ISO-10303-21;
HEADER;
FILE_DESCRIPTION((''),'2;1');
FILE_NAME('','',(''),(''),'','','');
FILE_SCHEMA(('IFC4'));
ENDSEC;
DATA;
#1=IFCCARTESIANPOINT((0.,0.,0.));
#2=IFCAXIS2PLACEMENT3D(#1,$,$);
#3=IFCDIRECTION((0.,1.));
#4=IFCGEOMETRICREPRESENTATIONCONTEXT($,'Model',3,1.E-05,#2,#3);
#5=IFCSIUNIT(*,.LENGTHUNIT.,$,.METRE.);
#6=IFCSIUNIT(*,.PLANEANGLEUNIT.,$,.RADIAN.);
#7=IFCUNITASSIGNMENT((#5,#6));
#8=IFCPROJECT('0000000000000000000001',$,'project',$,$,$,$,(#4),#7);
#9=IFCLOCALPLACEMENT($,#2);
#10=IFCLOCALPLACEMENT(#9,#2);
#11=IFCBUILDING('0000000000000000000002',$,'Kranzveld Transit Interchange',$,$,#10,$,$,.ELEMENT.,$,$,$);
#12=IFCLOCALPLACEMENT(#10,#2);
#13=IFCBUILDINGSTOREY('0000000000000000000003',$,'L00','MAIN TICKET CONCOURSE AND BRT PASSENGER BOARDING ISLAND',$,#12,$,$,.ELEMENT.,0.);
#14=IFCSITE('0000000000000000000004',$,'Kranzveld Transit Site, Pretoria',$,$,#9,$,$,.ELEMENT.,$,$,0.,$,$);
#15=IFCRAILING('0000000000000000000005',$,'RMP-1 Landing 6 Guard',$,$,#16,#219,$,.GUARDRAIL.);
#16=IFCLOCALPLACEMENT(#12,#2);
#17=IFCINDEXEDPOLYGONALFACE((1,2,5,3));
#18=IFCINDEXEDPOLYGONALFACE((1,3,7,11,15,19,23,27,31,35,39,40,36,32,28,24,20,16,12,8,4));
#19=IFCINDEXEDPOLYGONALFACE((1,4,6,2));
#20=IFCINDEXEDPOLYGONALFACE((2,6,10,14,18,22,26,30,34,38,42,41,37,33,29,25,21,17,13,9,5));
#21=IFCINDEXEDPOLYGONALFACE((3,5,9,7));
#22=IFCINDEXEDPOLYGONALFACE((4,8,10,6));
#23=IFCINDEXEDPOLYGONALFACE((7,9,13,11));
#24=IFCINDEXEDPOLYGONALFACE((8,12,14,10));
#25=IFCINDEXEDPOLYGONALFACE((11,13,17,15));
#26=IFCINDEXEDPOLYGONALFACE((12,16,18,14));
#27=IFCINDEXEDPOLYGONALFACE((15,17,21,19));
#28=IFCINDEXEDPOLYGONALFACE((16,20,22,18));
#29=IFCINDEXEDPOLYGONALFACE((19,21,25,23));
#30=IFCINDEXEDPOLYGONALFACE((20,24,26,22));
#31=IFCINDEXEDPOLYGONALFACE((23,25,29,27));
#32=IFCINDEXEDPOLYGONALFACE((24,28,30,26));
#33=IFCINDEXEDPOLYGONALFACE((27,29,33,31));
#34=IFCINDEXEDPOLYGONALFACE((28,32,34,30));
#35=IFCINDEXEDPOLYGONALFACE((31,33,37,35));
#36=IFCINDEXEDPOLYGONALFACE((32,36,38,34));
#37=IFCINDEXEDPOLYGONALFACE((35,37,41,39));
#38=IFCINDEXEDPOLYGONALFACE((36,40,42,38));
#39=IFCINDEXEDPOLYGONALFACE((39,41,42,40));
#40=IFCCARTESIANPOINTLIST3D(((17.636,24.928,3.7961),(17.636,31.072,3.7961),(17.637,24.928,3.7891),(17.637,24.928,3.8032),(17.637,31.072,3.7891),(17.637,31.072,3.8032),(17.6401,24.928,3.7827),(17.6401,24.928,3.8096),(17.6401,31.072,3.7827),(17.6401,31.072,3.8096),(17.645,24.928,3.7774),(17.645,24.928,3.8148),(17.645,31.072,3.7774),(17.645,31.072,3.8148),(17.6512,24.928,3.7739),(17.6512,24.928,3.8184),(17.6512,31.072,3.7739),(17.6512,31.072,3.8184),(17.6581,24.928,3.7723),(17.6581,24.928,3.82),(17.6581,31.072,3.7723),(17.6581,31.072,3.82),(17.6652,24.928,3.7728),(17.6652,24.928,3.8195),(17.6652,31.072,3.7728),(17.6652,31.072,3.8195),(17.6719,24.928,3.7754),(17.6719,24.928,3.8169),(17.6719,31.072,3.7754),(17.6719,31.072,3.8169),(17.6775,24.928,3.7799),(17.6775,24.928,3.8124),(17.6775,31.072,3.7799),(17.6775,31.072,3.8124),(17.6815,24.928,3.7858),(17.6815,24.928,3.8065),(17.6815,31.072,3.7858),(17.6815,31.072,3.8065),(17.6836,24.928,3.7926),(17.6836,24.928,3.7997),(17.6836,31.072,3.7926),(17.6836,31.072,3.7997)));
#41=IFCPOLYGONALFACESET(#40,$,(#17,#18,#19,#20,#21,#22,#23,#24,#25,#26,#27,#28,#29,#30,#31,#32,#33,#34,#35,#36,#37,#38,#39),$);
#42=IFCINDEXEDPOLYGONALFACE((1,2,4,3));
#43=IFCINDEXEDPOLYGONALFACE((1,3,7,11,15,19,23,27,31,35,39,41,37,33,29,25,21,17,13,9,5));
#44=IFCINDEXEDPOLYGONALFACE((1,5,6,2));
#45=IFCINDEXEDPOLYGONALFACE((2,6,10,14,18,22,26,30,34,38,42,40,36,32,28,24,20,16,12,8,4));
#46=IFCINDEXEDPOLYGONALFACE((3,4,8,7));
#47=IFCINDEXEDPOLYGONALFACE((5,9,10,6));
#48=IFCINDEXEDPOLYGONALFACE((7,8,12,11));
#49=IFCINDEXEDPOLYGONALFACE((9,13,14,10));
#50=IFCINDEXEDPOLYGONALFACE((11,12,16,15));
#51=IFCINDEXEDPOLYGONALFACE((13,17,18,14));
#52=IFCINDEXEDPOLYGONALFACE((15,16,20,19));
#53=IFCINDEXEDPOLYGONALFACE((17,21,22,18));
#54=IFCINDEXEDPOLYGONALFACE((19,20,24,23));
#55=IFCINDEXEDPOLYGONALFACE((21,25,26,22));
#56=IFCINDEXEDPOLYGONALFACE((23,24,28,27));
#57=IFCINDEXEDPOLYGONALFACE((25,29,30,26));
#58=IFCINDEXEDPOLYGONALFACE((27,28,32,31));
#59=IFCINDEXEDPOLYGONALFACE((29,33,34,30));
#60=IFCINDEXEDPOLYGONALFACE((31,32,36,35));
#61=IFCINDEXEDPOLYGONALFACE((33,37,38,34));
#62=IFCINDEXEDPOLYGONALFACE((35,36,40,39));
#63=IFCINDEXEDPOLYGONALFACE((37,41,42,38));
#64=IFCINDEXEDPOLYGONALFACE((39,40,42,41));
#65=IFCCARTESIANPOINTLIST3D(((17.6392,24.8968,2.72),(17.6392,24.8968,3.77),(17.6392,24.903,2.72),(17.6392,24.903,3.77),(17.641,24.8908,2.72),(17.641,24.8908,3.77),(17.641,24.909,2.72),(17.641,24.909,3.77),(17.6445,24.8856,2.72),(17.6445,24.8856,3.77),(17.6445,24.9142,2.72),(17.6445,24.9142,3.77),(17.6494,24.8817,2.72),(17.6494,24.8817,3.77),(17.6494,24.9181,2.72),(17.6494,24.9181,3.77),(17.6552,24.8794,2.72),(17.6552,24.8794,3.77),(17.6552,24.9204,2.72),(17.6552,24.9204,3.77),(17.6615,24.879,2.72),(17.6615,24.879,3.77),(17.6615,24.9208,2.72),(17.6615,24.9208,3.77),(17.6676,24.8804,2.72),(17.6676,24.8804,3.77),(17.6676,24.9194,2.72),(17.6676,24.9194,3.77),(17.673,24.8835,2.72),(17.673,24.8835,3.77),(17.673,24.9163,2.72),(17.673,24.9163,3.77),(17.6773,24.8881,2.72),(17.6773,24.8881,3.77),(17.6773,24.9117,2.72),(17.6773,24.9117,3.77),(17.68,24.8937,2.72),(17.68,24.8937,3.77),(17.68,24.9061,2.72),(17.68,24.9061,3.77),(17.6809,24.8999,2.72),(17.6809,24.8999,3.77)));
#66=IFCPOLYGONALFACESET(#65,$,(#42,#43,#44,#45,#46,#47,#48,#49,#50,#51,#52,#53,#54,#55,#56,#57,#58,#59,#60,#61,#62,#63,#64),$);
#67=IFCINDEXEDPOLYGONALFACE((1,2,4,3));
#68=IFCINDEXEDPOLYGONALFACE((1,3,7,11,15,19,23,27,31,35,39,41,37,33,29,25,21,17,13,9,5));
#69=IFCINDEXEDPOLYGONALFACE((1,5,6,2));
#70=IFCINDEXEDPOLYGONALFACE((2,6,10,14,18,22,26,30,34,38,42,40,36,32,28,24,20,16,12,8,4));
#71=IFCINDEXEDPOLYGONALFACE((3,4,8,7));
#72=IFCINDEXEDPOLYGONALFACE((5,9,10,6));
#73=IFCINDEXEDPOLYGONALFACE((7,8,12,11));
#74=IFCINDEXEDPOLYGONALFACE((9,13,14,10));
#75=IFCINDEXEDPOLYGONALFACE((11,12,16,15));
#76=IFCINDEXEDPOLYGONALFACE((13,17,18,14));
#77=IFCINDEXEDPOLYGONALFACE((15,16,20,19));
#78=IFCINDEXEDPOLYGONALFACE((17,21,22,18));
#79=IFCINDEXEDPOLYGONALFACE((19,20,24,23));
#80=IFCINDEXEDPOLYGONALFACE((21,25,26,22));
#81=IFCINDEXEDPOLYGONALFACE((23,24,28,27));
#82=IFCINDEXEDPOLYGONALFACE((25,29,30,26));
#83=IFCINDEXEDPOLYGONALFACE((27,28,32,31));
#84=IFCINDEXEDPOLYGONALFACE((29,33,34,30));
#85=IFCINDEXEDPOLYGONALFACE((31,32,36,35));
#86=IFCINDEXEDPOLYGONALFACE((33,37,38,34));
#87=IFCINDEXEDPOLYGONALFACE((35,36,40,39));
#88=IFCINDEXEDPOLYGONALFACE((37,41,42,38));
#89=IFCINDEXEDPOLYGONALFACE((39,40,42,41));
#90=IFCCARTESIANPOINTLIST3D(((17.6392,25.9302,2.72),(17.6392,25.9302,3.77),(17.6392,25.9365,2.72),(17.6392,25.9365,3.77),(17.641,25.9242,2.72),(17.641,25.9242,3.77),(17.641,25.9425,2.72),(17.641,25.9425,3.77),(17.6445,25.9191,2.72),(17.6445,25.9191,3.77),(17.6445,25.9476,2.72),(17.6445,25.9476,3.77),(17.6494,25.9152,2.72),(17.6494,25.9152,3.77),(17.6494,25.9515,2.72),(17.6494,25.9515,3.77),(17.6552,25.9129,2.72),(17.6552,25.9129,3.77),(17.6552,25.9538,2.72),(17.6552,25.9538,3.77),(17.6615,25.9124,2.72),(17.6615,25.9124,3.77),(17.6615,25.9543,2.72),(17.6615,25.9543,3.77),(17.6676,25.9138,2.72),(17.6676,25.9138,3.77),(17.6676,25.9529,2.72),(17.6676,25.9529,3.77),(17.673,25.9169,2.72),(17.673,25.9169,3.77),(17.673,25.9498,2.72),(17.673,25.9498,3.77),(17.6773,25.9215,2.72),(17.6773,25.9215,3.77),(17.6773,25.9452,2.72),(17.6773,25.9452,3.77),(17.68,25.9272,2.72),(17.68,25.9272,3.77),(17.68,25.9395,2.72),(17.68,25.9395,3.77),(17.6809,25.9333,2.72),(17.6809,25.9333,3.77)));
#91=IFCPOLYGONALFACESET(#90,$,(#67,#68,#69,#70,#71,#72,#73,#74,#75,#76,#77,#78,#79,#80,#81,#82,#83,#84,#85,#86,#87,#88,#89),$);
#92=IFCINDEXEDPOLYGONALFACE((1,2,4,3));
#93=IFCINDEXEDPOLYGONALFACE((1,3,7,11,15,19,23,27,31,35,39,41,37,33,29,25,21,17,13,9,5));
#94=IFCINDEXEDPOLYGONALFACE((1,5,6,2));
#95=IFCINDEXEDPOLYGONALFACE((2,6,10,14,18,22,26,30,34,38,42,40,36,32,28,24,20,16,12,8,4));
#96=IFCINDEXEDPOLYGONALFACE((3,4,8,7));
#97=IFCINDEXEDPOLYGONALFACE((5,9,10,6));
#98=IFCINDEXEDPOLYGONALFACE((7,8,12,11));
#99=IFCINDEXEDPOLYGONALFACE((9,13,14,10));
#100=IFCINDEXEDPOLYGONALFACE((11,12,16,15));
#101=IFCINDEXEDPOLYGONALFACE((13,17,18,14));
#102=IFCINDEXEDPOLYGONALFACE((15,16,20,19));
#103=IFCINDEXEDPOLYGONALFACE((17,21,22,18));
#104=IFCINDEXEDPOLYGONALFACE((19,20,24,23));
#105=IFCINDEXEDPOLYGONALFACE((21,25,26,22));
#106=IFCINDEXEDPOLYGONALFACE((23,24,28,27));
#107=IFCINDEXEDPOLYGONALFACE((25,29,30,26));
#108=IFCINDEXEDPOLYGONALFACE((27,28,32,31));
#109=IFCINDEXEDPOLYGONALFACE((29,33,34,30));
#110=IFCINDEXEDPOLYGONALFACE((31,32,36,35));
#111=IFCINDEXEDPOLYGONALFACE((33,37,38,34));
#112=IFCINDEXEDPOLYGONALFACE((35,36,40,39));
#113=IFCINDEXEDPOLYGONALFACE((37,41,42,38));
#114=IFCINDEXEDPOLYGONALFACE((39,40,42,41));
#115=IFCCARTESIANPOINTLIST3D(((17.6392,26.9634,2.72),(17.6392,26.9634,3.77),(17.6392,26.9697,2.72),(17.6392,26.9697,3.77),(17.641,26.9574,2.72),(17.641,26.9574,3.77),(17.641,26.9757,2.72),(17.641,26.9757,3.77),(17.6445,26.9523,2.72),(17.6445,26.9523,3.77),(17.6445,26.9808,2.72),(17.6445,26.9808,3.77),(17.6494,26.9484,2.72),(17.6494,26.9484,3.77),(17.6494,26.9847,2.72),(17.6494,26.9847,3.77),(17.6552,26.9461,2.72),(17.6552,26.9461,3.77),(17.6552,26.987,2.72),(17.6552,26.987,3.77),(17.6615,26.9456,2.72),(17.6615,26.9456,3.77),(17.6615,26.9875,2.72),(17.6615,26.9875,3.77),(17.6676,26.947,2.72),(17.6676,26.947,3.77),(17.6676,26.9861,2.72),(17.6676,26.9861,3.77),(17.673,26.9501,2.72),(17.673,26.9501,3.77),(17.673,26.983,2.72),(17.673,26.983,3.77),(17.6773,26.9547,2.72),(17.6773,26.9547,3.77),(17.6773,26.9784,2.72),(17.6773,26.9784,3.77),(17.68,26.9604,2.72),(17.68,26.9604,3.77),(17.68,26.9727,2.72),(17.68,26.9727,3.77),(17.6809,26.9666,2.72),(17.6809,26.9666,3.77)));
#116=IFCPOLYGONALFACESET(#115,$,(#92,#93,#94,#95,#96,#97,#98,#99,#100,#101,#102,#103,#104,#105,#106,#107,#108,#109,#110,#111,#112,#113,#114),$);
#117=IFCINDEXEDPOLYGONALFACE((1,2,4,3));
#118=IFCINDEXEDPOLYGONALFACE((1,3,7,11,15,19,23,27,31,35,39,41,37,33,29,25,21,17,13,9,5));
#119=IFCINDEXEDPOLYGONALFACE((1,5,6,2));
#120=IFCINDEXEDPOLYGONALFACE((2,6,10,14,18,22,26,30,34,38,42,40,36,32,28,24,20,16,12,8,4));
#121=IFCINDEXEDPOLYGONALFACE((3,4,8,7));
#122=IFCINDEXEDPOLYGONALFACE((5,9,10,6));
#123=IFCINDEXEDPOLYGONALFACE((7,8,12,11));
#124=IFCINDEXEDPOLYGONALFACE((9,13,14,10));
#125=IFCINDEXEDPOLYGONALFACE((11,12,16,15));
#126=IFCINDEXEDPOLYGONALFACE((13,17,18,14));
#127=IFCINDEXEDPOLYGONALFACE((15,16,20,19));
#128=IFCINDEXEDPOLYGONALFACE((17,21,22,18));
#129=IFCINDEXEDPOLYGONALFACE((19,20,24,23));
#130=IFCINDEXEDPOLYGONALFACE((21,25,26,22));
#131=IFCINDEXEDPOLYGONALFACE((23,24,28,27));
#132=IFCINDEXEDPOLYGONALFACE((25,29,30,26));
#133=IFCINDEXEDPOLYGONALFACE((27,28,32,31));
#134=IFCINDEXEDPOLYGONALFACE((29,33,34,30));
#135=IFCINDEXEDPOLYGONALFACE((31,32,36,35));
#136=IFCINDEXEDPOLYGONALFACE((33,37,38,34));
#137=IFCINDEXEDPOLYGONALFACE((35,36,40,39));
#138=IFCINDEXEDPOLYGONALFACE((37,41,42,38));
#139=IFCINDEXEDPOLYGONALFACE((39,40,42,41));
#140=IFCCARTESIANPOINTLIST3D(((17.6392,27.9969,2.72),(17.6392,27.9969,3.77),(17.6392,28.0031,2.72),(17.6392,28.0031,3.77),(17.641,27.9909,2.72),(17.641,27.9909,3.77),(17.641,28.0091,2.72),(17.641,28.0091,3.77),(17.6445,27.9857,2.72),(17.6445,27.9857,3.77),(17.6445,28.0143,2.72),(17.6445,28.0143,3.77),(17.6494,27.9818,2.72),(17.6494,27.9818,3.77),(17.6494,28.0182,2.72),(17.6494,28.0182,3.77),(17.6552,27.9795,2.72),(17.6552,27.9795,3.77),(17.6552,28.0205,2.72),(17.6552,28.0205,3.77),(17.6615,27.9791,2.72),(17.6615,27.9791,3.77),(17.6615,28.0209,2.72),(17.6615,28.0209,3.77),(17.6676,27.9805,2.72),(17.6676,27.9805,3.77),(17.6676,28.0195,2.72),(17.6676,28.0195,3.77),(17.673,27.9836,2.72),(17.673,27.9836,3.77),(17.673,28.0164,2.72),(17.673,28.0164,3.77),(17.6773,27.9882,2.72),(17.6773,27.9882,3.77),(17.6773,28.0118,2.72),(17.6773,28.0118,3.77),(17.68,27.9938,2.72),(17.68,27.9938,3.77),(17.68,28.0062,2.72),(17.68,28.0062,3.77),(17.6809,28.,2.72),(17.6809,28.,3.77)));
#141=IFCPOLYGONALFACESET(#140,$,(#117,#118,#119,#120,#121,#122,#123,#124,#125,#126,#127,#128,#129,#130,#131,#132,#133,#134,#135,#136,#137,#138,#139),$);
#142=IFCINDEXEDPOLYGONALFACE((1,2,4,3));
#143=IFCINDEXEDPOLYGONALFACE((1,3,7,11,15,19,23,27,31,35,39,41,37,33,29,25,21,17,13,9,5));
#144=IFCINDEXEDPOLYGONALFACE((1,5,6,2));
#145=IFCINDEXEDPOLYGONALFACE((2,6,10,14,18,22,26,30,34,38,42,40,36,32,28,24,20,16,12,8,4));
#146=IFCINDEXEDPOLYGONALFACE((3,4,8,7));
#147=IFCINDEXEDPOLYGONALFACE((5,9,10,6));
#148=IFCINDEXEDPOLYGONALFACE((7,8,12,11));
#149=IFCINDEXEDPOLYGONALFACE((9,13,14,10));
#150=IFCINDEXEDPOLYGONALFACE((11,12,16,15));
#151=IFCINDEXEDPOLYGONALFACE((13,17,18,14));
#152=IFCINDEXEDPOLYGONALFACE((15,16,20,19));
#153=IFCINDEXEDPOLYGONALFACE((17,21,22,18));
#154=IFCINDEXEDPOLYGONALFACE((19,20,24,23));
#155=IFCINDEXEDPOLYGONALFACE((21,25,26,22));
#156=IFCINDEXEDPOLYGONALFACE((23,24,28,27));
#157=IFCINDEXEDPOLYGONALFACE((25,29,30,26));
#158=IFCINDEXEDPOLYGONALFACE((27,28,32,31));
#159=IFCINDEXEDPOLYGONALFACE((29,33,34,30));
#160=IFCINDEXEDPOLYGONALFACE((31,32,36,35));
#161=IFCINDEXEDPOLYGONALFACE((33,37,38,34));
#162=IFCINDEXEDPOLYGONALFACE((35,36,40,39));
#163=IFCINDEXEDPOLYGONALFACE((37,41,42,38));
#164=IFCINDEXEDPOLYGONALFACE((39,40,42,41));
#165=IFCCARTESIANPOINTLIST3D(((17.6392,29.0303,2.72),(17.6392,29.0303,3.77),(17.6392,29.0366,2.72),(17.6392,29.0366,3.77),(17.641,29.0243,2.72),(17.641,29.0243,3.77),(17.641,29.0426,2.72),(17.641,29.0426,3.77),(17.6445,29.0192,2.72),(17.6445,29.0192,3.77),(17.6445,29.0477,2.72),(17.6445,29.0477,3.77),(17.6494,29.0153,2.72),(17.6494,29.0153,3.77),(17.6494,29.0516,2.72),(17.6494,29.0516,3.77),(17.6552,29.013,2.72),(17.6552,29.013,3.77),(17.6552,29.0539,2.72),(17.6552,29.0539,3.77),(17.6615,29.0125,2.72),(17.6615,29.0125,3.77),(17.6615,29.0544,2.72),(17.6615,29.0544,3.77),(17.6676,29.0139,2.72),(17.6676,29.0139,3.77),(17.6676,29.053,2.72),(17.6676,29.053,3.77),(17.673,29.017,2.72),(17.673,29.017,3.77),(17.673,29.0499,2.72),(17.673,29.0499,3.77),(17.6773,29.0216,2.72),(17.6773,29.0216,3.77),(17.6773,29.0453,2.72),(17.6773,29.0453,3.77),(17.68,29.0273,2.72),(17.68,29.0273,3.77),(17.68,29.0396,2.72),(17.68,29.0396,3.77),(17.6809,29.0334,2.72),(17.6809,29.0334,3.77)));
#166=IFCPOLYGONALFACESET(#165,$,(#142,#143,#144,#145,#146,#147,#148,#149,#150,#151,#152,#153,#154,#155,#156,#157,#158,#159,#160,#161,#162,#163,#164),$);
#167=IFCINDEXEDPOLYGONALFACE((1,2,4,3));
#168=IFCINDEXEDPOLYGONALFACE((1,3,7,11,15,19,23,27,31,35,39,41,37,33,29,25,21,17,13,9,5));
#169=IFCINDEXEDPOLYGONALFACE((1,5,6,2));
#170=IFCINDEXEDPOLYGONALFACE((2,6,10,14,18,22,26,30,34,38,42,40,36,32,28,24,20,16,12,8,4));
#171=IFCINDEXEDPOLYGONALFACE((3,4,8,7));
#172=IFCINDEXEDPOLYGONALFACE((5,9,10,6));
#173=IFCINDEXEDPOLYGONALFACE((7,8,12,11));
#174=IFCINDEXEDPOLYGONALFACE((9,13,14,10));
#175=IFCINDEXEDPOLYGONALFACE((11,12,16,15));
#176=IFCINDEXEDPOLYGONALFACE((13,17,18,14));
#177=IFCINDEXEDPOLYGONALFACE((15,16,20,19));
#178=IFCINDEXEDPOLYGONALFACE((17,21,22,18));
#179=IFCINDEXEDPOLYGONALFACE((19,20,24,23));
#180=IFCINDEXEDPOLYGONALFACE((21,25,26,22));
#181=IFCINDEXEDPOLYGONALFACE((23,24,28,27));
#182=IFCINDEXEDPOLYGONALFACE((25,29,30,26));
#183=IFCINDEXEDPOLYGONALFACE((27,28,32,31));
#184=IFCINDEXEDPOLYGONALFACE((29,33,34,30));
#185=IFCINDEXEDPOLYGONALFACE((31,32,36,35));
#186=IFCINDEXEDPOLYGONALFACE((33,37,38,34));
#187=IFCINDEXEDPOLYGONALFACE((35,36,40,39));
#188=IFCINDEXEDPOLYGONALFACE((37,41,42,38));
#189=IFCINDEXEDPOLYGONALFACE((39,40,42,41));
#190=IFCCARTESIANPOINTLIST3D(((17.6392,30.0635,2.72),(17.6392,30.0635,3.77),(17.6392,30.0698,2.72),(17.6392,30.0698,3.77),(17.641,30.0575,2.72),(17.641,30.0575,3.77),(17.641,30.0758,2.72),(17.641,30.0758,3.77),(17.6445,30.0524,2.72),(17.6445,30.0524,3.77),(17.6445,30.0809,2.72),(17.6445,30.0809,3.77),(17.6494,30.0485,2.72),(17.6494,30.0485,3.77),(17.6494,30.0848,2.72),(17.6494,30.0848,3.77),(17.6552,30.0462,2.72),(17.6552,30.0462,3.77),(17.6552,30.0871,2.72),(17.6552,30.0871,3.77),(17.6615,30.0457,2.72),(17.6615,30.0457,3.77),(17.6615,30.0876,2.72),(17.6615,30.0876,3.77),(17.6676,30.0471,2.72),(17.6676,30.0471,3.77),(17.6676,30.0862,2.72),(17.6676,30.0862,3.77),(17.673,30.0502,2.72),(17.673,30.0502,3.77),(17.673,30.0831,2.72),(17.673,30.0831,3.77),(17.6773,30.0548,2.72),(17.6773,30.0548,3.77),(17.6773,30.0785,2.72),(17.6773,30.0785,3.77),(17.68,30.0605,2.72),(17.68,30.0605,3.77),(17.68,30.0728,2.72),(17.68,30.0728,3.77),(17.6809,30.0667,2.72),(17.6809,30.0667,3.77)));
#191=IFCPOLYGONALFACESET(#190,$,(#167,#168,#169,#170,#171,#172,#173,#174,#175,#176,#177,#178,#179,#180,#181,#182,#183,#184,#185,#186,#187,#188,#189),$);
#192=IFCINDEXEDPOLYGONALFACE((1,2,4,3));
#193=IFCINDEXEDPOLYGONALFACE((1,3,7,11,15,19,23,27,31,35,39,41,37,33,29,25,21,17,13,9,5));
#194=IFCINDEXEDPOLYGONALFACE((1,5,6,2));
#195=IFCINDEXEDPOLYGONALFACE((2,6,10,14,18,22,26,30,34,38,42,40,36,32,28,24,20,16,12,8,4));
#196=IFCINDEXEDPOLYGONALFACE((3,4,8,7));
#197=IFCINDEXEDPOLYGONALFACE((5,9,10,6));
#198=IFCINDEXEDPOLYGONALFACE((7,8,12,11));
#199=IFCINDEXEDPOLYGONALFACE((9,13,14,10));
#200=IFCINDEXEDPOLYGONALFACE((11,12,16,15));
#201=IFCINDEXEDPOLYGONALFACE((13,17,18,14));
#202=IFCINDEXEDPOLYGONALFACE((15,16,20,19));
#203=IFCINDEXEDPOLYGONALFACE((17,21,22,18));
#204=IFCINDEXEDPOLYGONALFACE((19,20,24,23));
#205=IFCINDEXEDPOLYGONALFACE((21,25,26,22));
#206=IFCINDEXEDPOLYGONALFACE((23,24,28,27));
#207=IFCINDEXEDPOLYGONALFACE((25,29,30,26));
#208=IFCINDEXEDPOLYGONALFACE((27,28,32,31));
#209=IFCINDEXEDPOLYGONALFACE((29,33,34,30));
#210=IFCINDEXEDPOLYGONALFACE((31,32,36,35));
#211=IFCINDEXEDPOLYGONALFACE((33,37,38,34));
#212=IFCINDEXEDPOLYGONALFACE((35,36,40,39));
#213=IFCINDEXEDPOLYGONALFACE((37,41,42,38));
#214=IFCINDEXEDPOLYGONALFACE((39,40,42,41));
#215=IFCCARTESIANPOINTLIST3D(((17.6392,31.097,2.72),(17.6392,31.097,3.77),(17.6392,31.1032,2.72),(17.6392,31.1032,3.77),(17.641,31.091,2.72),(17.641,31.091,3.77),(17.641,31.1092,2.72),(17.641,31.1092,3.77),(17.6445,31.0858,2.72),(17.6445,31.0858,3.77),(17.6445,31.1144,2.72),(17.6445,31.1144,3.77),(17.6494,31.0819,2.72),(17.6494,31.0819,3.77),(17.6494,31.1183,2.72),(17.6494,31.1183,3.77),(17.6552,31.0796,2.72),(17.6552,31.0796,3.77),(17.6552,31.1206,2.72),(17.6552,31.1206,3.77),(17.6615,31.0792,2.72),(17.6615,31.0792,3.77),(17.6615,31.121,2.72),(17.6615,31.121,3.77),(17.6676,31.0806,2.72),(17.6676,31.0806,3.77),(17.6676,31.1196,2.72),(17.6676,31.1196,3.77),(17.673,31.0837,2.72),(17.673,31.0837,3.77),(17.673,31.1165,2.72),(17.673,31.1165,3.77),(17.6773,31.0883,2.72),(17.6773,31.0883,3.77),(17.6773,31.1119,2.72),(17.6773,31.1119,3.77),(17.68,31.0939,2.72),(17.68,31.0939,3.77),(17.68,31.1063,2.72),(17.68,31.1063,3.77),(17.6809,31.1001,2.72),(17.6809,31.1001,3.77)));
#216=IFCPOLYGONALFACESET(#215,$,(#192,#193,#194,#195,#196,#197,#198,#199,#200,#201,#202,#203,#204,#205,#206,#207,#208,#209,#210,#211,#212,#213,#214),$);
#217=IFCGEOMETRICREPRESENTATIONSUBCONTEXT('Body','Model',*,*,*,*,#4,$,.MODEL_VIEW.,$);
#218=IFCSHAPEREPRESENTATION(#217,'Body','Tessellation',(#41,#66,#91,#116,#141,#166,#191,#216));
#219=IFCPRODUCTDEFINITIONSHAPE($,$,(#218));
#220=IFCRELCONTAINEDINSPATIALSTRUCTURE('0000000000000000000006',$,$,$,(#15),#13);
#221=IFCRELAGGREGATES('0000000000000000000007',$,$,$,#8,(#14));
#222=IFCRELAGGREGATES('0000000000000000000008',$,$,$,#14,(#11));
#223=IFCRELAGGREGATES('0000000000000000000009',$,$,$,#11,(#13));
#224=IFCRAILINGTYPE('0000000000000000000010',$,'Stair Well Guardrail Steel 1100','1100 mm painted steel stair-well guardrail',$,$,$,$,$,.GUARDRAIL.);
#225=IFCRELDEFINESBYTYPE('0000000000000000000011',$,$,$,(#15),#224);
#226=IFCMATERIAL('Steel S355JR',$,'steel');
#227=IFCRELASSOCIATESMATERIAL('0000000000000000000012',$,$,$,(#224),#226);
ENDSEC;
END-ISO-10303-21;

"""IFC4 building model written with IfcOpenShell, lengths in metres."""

from ifc_helpers import new_model, si_unit, direction, frame, origin, origin_2d, place, context, subcontext, project, spatial, circle, extrude, material, type_object, element, save


model = new_model("IFC4")

# Units and contexts
model_context = context("Model", 3, precision=1e-05, world=origin(), true_north=direction((0.0, 1.0)))
body_context = subcontext(model_context, "Body", "Model", "MODEL_VIEW")
ifc_project = project(units=[si_unit("LENGTHUNIT", "METRE"), si_unit("PLANEANGLEUNIT", "RADIAN")], contexts=[model_context])

# Site, building, storey
site_placement = place(None, origin())
site = spatial("IfcSite", under=ifc_project, at=site_placement, Name="Kranzveld Transit Site, Pretoria", CompositionType="ELEMENT", RefElevation=0.0)
building_placement = place(site_placement, origin())
building = spatial("IfcBuilding", under=site, at=building_placement, Name="Kranzveld Transit Interchange", CompositionType="ELEMENT")
storey_placement = place(building_placement, origin())
storey = spatial("IfcBuildingStorey", under=building, at=storey_placement, Name="L00", Description="MAIN TICKET CONCOURSE AND BRT PASSENGER BOARDING ISLAND", CompositionType="ELEMENT", Elevation=0.0)

# Railing
ifc_material_1 = material(Name="Steel S355JR", Category="steel")
railing_type = type_object("IfcRailingType", Name="Stair Well Guardrail Steel 1100", Description="1100 mm painted steel stair-well guardrail", PredefinedType="GUARDRAIL", material=ifc_material_1)
for number, where, name in (
    (1, (17.6599, 24.8999, 2.72), "RMP-1 Landing 6 Guard"),
):
    element("IfcRailing", number, at=place(storey_placement, frame(where)), inside=storey, type_object=railing_type, Name=name, PredefinedType="GUARDRAIL", context=body_context, shape_type="SweptSolid", body=[
        extrude(circle(Radius=0.0239, at=origin_2d()), frame((0.0, 0.0281, 1.0762), z_axis=(0.0, 1.0, 0.0), x_axis=(-1.0, 0.0, 0.0)), (0.0, 0.0, 1.0), 6.144),
        extrude(circle(Radius=0.021, at=origin_2d()), origin(), (0.0, 0.0, 1.0), 1.05),
        extrude(circle(Radius=0.021, at=origin_2d()), frame((0.0, 1.0334, 0.0)), (0.0, 0.0, 1.0), 1.05),
        extrude(circle(Radius=0.021, at=origin_2d()), frame((0.0, 2.0667, 0.0)), (0.0, 0.0, 1.0), 1.05),
        extrude(circle(Radius=0.021, at=origin_2d()), frame((0.0, 3.1001, 0.0)), (0.0, 0.0, 1.0), 1.05),
        extrude(circle(Radius=0.021, at=origin_2d()), frame((0.0, 4.1335, 0.0)), (0.0, 0.0, 1.0), 1.05),
        extrude(circle(Radius=0.021, at=origin_2d()), frame((0.0, 5.1667, 0.0)), (0.0, 0.0, 1.0), 1.05),
        extrude(circle(Radius=0.021, at=origin_2d()), frame((0.0, 6.2002, 0.0)), (0.0, 0.0, 1.0), 1.05),
    ])

save(model, "model.ifc")
